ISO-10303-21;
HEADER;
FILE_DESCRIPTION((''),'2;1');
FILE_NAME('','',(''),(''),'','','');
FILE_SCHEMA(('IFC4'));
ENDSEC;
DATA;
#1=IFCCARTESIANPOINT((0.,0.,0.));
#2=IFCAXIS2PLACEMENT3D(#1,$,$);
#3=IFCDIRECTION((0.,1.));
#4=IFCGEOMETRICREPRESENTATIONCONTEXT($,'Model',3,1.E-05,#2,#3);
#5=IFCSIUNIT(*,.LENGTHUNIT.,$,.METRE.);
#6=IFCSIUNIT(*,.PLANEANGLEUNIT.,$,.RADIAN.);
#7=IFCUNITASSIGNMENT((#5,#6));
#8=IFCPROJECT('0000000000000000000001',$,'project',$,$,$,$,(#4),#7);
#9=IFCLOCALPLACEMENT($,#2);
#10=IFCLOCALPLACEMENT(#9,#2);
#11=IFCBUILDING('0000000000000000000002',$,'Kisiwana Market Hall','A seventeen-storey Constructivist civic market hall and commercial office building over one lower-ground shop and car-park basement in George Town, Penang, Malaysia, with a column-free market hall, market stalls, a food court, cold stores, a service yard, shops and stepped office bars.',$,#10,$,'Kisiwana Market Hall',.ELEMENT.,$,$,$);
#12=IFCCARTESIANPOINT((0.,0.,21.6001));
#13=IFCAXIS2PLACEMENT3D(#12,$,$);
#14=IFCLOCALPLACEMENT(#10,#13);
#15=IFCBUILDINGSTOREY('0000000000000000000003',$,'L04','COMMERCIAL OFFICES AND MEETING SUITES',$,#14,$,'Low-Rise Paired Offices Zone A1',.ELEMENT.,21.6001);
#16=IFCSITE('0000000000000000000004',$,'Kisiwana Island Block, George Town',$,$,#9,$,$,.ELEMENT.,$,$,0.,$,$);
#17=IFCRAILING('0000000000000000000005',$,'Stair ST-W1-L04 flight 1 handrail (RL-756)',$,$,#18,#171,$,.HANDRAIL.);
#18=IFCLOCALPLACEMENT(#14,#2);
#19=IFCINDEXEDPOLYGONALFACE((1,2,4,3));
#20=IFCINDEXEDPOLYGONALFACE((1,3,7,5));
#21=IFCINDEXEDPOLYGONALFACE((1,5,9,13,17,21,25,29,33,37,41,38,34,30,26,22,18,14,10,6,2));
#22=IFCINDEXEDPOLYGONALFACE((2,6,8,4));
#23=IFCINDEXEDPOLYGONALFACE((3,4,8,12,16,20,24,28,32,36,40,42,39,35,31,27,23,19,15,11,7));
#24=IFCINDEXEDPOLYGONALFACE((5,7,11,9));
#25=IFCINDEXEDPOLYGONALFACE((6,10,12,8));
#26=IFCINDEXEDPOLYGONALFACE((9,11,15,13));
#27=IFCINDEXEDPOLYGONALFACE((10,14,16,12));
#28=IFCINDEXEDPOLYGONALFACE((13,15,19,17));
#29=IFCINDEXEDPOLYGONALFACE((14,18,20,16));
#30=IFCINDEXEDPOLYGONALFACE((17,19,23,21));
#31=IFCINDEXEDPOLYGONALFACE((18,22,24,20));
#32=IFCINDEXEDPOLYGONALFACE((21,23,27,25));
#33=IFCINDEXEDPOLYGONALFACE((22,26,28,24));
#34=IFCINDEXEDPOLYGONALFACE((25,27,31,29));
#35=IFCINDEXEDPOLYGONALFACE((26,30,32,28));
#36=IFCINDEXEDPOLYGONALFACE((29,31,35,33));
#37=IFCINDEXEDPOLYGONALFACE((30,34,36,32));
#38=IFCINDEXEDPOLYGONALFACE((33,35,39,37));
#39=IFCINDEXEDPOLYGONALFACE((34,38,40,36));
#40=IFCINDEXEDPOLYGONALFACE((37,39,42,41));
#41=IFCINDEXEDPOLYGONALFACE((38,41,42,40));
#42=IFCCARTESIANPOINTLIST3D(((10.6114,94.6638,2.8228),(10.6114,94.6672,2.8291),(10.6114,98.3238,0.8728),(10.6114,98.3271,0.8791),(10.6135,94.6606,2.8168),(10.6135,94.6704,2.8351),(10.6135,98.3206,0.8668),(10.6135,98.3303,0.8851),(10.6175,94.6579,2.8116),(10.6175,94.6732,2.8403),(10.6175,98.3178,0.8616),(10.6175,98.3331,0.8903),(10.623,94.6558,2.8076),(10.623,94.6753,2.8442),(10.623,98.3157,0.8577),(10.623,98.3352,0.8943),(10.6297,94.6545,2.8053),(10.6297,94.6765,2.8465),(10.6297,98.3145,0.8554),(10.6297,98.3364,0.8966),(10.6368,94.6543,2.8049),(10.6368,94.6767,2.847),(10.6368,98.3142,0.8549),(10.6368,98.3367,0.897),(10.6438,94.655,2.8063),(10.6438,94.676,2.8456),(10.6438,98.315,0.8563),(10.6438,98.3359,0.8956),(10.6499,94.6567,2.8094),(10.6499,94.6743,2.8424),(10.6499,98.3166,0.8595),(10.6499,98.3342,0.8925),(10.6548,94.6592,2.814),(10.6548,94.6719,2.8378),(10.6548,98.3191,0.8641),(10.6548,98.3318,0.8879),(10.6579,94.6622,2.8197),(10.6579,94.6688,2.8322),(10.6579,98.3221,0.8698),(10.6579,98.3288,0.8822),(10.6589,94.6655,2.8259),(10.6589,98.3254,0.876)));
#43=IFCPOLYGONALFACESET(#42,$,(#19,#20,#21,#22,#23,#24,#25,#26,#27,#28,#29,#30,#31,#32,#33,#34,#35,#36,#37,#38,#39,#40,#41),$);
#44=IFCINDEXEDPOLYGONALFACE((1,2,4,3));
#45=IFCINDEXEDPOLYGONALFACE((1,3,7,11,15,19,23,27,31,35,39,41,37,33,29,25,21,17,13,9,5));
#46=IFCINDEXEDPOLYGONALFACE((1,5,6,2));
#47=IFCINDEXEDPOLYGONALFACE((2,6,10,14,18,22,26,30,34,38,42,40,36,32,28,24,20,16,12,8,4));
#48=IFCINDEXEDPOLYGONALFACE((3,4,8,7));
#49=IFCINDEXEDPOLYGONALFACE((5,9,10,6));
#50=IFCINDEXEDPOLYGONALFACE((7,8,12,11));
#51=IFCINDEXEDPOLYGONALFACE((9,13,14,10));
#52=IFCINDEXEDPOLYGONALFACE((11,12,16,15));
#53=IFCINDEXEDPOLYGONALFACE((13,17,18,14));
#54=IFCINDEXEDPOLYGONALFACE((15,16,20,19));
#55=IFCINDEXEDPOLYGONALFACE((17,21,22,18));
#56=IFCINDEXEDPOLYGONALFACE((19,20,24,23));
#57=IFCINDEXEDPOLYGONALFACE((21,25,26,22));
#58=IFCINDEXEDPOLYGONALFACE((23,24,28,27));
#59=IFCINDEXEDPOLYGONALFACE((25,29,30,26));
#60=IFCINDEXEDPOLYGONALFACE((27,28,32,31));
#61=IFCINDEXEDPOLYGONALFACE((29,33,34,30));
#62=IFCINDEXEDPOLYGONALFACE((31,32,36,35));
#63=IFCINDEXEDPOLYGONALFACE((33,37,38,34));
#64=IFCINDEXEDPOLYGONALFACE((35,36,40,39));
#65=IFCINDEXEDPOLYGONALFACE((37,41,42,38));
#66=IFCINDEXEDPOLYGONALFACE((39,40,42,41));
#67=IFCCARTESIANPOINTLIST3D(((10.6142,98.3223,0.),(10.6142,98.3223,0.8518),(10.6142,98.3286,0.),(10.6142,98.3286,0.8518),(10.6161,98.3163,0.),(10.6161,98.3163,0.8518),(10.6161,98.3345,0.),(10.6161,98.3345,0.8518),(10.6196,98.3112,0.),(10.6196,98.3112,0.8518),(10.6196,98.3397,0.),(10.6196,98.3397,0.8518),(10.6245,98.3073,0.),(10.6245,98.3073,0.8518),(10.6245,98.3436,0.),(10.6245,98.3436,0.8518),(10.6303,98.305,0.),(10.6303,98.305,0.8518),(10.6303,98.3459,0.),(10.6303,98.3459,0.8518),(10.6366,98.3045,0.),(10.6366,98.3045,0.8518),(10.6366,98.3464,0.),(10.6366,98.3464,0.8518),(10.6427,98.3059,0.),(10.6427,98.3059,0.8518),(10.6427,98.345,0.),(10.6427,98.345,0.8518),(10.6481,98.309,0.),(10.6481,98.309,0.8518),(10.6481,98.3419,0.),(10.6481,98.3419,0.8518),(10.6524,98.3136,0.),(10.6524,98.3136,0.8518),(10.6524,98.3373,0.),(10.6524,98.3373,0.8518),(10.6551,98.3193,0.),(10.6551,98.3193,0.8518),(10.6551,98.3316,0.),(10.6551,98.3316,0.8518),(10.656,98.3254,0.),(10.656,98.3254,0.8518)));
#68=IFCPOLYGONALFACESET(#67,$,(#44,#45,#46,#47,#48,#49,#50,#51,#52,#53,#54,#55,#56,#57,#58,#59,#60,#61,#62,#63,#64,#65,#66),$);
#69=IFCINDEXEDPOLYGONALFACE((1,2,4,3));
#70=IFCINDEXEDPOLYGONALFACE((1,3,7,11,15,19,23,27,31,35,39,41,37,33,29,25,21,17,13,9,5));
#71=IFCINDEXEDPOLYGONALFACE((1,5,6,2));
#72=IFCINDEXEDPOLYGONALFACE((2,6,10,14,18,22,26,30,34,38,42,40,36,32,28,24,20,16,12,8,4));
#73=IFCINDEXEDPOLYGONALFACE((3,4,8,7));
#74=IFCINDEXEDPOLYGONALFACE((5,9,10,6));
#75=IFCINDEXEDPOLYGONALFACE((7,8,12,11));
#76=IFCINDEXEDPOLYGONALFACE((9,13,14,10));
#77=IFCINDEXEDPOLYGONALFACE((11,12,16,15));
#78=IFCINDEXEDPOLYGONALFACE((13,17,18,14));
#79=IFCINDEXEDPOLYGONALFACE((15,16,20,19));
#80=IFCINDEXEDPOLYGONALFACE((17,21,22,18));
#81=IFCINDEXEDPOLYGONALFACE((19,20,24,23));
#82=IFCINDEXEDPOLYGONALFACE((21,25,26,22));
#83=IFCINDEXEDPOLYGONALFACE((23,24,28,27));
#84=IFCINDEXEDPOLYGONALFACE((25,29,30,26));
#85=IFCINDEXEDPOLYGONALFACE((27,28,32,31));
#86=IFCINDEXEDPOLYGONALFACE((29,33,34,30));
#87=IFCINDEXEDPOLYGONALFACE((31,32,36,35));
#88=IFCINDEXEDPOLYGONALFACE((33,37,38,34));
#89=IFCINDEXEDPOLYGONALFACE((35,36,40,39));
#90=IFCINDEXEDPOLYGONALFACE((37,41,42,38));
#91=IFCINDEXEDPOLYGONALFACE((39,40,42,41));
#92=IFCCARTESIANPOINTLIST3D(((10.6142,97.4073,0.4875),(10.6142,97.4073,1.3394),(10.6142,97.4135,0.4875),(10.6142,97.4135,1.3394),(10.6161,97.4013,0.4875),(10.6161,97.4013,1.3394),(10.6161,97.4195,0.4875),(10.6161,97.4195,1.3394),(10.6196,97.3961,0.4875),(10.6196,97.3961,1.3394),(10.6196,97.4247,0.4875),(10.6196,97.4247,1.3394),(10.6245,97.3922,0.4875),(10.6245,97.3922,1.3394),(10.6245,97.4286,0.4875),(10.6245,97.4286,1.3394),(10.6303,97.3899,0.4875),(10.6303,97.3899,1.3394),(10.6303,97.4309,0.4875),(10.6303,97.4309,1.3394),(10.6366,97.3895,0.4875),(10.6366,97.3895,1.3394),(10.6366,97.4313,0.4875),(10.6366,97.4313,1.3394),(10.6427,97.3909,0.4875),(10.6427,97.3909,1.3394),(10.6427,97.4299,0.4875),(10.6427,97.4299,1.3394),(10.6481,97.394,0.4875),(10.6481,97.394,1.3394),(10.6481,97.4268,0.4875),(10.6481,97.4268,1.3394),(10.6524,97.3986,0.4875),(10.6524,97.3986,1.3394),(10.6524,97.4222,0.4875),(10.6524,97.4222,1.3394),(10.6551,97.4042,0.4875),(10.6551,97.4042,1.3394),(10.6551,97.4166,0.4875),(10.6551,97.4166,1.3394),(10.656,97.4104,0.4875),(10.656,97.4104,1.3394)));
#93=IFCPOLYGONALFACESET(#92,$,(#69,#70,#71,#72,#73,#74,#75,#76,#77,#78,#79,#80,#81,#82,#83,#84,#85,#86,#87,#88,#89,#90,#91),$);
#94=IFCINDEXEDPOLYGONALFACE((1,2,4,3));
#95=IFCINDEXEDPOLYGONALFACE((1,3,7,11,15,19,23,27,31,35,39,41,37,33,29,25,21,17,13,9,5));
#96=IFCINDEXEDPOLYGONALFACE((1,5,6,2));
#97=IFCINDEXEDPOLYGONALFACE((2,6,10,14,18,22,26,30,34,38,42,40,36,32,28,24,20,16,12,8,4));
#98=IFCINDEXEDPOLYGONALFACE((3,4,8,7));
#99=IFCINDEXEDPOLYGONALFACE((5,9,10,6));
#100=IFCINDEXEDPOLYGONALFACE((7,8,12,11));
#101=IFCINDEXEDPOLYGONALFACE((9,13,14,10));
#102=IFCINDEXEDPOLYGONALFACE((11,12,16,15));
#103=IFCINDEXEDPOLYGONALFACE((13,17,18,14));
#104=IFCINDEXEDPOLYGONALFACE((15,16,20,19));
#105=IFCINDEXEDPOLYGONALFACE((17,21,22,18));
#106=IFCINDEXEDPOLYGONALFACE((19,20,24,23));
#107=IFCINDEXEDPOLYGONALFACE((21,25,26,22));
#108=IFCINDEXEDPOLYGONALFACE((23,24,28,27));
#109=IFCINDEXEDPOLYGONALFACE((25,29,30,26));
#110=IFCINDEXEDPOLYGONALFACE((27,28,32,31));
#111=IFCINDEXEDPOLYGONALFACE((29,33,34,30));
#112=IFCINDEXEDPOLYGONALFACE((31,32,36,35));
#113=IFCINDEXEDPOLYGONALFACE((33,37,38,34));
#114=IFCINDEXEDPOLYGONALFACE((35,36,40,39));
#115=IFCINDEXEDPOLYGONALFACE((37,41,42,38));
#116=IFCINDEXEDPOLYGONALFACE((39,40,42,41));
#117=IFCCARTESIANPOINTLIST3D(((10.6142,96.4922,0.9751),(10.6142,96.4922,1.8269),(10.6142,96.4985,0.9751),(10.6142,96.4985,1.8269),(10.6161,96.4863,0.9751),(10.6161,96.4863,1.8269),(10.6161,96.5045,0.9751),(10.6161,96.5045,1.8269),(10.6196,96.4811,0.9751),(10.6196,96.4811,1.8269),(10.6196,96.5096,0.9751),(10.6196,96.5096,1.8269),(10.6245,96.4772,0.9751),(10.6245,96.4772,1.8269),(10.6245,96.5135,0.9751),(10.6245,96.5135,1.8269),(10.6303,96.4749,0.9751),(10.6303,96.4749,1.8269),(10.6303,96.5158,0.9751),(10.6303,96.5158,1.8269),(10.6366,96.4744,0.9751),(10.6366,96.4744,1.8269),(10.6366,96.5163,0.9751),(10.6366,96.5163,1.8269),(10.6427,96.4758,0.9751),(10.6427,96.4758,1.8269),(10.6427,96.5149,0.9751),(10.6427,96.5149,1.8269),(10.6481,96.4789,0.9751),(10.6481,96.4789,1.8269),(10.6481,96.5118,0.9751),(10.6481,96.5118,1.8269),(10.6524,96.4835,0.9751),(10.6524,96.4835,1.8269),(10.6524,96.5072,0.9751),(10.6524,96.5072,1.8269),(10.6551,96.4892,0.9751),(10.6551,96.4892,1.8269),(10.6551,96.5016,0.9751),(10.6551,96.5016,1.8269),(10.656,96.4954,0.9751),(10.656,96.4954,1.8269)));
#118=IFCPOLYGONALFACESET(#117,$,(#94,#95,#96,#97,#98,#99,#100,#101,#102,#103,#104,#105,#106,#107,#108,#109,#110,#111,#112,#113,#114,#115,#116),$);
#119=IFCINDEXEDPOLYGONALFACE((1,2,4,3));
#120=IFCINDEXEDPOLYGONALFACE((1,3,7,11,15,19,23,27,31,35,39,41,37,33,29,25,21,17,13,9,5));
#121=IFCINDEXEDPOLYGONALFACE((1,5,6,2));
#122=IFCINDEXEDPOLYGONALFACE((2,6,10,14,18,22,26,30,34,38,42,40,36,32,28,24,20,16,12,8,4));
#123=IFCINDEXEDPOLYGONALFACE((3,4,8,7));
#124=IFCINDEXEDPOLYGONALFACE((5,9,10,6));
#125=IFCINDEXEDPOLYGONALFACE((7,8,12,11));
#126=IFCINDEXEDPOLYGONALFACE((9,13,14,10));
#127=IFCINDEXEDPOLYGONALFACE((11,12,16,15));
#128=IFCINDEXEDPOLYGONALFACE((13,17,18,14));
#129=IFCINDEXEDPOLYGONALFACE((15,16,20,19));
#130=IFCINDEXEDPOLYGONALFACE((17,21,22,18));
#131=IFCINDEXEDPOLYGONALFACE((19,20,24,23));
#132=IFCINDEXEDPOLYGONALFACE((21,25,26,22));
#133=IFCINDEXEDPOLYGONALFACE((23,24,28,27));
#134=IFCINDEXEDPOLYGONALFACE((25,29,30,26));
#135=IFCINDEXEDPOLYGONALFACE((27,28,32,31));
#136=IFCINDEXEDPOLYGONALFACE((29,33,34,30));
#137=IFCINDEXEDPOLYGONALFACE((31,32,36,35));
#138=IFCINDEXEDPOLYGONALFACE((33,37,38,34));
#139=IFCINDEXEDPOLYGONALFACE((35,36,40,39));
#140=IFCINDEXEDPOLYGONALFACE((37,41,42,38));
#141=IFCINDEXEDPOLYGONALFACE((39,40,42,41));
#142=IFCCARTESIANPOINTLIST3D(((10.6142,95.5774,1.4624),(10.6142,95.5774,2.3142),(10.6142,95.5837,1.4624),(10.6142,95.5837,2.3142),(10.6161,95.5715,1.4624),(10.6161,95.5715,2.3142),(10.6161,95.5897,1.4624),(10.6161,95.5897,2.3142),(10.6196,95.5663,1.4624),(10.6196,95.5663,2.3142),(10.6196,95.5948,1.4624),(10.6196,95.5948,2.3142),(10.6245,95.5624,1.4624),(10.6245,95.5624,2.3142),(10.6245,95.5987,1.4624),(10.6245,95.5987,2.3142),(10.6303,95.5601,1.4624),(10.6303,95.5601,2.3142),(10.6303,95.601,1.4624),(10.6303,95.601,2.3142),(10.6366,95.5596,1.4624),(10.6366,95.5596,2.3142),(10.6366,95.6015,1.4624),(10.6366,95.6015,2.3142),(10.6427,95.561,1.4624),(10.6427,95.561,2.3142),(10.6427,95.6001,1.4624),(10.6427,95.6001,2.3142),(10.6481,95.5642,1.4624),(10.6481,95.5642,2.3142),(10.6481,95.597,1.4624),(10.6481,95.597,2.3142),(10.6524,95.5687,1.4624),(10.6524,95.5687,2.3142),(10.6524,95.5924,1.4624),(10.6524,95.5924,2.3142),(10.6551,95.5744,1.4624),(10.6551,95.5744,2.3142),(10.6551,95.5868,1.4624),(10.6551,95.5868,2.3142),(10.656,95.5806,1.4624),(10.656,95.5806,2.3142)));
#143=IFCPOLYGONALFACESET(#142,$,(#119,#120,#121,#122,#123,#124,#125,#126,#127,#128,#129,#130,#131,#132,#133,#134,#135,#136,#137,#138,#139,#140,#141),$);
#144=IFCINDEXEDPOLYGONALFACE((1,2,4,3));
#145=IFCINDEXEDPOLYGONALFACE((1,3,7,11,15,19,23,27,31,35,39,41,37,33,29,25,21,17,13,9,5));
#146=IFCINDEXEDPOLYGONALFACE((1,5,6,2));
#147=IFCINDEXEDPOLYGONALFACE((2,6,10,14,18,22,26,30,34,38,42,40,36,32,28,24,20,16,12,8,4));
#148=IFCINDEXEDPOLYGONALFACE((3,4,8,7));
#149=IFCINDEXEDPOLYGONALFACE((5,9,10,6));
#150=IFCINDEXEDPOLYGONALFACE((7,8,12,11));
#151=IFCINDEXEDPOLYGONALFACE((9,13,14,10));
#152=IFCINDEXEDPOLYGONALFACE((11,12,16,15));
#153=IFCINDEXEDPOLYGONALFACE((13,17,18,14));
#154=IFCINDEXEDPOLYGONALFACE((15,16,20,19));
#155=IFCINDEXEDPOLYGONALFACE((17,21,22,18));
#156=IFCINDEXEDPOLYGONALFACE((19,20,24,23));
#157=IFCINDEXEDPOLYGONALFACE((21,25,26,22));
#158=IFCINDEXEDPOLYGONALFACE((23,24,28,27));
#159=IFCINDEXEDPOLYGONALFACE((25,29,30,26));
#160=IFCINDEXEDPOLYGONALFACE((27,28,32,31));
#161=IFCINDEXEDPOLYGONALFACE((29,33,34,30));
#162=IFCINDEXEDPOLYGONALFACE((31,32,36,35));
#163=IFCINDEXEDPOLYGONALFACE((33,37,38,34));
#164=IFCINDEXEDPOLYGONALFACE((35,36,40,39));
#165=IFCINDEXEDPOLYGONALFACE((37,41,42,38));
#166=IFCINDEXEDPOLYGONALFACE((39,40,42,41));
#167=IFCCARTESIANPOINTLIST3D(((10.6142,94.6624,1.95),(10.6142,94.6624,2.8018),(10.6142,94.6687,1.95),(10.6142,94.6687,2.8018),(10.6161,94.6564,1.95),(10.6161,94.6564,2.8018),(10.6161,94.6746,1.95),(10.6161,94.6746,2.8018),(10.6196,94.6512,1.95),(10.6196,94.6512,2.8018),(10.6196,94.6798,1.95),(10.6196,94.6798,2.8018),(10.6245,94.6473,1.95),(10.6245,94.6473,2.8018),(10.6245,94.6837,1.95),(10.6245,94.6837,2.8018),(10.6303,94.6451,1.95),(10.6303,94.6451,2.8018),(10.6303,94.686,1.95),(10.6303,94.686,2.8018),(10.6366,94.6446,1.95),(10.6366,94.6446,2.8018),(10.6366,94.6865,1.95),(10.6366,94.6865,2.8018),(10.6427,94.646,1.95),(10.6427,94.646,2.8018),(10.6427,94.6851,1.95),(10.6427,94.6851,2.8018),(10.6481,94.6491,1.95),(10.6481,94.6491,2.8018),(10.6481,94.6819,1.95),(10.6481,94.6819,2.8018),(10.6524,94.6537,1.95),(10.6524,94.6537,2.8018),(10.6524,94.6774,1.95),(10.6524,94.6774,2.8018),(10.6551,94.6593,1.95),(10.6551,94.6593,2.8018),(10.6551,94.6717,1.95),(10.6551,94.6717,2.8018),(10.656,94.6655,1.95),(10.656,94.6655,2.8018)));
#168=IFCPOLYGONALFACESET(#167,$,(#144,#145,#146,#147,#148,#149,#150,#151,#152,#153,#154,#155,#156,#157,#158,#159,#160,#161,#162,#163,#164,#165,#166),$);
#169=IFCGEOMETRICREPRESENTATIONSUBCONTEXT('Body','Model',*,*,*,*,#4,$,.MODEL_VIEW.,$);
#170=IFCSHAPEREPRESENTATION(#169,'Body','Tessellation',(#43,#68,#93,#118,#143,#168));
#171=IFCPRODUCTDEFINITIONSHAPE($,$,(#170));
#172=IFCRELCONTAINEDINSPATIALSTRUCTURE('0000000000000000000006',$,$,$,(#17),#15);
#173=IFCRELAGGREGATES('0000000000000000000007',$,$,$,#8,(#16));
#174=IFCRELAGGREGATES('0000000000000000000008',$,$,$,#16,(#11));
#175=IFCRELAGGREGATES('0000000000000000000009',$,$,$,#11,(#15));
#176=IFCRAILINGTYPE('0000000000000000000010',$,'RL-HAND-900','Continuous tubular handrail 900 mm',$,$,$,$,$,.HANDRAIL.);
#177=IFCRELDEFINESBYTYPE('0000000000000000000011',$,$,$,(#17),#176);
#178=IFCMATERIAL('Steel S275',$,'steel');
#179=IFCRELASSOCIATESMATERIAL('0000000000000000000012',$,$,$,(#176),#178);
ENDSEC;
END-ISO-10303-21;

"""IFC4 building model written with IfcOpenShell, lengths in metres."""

from ifc_helpers import new_model, si_unit, direction, frame, origin, origin_2d, place, context, subcontext, project, spatial, circle, extrude, material, type_object, element, save


model = new_model("IFC4")

# Units and contexts
model_context = context("Model", 3, precision=1e-05, world=origin(), true_north=direction((0.0, 1.0)))
body_context = subcontext(model_context, "Body", "Model", "MODEL_VIEW")
ifc_project = project(units=[si_unit("LENGTHUNIT", "METRE"), si_unit("PLANEANGLEUNIT", "RADIAN")], contexts=[model_context])

# Site, building, storey
site_placement = place(None, origin())
site = spatial("IfcSite", under=ifc_project, at=site_placement, Name="Kisiwana Island Block, George Town", CompositionType="ELEMENT", RefElevation=0.0)
building_placement = place(site_placement, origin())
building = spatial("IfcBuilding", under=site, at=building_placement, Name="Kisiwana Market Hall", Description="A seventeen-storey Constructivist civic market hall and commercial office building over one lower-ground shop and car-park basement in George Town, Penang, Malaysia, with a column-free market hall, market stalls, a food court, cold stores, a service yard, shops and stepped office bars.", LongName="Kisiwana Market Hall", CompositionType="ELEMENT")
storey_placement = place(building_placement, frame((0.0, 0.0, 21.6001)))
storey = spatial("IfcBuildingStorey", under=building, at=storey_placement, Name="L04", Description="COMMERCIAL OFFICES AND MEETING SUITES", LongName="Low-Rise Paired Offices Zone A1", CompositionType="ELEMENT", Elevation=21.6001)

# Railing
ifc_material_1 = material(Name="Steel S275", Category="steel")
railing_type_1 = type_object("IfcRailingType", Name="RL-HAND-900", Description="Continuous tubular handrail 900 mm", PredefinedType="HANDRAIL", material=ifc_material_1)
railing_1_placement = place(storey_placement, frame((10.635, 98.3254, 0.0)))
element("IfcRailing", 1, at=railing_1_placement, inside=storey, type_object=railing_type_1, Name="Stair ST-W1-L04 flight 1 handrail (RL-756)", PredefinedType="HANDRAIL", context=body_context, shape_type="SweptSolid", body=[
    extrude(circle(Radius=0.0239, at=origin_2d()), frame((0.0, 0.0, 0.876), z_axis=(0.0, -0.882553, 0.470212), x_axis=(1.0, 0.0, 0.0)), (0.0, 0.0, 1.0), 4.147),
    extrude(circle(Radius=0.021, at=origin_2d()), origin(), (0.0, 0.0, 1.0), 0.8518),
    extrude(circle(Radius=0.021, at=origin_2d()), frame((0.0, -0.915, 0.4875)), (0.0, 0.0, 1.0), 0.8518),
    extrude(circle(Radius=0.021, at=origin_2d()), frame((0.0, -1.8301, 0.9751)), (0.0, 0.0, 1.0), 0.8518),
    extrude(circle(Radius=0.021, at=origin_2d()), frame((0.0, -2.7449, 1.4624)), (0.0, 0.0, 1.0), 0.8518),
    extrude(circle(Radius=0.021, at=origin_2d()), frame((0.0, -3.6599, 1.95)), (0.0, 0.0, 1.0), 0.8518),
])

save(model, "model.ifc")
